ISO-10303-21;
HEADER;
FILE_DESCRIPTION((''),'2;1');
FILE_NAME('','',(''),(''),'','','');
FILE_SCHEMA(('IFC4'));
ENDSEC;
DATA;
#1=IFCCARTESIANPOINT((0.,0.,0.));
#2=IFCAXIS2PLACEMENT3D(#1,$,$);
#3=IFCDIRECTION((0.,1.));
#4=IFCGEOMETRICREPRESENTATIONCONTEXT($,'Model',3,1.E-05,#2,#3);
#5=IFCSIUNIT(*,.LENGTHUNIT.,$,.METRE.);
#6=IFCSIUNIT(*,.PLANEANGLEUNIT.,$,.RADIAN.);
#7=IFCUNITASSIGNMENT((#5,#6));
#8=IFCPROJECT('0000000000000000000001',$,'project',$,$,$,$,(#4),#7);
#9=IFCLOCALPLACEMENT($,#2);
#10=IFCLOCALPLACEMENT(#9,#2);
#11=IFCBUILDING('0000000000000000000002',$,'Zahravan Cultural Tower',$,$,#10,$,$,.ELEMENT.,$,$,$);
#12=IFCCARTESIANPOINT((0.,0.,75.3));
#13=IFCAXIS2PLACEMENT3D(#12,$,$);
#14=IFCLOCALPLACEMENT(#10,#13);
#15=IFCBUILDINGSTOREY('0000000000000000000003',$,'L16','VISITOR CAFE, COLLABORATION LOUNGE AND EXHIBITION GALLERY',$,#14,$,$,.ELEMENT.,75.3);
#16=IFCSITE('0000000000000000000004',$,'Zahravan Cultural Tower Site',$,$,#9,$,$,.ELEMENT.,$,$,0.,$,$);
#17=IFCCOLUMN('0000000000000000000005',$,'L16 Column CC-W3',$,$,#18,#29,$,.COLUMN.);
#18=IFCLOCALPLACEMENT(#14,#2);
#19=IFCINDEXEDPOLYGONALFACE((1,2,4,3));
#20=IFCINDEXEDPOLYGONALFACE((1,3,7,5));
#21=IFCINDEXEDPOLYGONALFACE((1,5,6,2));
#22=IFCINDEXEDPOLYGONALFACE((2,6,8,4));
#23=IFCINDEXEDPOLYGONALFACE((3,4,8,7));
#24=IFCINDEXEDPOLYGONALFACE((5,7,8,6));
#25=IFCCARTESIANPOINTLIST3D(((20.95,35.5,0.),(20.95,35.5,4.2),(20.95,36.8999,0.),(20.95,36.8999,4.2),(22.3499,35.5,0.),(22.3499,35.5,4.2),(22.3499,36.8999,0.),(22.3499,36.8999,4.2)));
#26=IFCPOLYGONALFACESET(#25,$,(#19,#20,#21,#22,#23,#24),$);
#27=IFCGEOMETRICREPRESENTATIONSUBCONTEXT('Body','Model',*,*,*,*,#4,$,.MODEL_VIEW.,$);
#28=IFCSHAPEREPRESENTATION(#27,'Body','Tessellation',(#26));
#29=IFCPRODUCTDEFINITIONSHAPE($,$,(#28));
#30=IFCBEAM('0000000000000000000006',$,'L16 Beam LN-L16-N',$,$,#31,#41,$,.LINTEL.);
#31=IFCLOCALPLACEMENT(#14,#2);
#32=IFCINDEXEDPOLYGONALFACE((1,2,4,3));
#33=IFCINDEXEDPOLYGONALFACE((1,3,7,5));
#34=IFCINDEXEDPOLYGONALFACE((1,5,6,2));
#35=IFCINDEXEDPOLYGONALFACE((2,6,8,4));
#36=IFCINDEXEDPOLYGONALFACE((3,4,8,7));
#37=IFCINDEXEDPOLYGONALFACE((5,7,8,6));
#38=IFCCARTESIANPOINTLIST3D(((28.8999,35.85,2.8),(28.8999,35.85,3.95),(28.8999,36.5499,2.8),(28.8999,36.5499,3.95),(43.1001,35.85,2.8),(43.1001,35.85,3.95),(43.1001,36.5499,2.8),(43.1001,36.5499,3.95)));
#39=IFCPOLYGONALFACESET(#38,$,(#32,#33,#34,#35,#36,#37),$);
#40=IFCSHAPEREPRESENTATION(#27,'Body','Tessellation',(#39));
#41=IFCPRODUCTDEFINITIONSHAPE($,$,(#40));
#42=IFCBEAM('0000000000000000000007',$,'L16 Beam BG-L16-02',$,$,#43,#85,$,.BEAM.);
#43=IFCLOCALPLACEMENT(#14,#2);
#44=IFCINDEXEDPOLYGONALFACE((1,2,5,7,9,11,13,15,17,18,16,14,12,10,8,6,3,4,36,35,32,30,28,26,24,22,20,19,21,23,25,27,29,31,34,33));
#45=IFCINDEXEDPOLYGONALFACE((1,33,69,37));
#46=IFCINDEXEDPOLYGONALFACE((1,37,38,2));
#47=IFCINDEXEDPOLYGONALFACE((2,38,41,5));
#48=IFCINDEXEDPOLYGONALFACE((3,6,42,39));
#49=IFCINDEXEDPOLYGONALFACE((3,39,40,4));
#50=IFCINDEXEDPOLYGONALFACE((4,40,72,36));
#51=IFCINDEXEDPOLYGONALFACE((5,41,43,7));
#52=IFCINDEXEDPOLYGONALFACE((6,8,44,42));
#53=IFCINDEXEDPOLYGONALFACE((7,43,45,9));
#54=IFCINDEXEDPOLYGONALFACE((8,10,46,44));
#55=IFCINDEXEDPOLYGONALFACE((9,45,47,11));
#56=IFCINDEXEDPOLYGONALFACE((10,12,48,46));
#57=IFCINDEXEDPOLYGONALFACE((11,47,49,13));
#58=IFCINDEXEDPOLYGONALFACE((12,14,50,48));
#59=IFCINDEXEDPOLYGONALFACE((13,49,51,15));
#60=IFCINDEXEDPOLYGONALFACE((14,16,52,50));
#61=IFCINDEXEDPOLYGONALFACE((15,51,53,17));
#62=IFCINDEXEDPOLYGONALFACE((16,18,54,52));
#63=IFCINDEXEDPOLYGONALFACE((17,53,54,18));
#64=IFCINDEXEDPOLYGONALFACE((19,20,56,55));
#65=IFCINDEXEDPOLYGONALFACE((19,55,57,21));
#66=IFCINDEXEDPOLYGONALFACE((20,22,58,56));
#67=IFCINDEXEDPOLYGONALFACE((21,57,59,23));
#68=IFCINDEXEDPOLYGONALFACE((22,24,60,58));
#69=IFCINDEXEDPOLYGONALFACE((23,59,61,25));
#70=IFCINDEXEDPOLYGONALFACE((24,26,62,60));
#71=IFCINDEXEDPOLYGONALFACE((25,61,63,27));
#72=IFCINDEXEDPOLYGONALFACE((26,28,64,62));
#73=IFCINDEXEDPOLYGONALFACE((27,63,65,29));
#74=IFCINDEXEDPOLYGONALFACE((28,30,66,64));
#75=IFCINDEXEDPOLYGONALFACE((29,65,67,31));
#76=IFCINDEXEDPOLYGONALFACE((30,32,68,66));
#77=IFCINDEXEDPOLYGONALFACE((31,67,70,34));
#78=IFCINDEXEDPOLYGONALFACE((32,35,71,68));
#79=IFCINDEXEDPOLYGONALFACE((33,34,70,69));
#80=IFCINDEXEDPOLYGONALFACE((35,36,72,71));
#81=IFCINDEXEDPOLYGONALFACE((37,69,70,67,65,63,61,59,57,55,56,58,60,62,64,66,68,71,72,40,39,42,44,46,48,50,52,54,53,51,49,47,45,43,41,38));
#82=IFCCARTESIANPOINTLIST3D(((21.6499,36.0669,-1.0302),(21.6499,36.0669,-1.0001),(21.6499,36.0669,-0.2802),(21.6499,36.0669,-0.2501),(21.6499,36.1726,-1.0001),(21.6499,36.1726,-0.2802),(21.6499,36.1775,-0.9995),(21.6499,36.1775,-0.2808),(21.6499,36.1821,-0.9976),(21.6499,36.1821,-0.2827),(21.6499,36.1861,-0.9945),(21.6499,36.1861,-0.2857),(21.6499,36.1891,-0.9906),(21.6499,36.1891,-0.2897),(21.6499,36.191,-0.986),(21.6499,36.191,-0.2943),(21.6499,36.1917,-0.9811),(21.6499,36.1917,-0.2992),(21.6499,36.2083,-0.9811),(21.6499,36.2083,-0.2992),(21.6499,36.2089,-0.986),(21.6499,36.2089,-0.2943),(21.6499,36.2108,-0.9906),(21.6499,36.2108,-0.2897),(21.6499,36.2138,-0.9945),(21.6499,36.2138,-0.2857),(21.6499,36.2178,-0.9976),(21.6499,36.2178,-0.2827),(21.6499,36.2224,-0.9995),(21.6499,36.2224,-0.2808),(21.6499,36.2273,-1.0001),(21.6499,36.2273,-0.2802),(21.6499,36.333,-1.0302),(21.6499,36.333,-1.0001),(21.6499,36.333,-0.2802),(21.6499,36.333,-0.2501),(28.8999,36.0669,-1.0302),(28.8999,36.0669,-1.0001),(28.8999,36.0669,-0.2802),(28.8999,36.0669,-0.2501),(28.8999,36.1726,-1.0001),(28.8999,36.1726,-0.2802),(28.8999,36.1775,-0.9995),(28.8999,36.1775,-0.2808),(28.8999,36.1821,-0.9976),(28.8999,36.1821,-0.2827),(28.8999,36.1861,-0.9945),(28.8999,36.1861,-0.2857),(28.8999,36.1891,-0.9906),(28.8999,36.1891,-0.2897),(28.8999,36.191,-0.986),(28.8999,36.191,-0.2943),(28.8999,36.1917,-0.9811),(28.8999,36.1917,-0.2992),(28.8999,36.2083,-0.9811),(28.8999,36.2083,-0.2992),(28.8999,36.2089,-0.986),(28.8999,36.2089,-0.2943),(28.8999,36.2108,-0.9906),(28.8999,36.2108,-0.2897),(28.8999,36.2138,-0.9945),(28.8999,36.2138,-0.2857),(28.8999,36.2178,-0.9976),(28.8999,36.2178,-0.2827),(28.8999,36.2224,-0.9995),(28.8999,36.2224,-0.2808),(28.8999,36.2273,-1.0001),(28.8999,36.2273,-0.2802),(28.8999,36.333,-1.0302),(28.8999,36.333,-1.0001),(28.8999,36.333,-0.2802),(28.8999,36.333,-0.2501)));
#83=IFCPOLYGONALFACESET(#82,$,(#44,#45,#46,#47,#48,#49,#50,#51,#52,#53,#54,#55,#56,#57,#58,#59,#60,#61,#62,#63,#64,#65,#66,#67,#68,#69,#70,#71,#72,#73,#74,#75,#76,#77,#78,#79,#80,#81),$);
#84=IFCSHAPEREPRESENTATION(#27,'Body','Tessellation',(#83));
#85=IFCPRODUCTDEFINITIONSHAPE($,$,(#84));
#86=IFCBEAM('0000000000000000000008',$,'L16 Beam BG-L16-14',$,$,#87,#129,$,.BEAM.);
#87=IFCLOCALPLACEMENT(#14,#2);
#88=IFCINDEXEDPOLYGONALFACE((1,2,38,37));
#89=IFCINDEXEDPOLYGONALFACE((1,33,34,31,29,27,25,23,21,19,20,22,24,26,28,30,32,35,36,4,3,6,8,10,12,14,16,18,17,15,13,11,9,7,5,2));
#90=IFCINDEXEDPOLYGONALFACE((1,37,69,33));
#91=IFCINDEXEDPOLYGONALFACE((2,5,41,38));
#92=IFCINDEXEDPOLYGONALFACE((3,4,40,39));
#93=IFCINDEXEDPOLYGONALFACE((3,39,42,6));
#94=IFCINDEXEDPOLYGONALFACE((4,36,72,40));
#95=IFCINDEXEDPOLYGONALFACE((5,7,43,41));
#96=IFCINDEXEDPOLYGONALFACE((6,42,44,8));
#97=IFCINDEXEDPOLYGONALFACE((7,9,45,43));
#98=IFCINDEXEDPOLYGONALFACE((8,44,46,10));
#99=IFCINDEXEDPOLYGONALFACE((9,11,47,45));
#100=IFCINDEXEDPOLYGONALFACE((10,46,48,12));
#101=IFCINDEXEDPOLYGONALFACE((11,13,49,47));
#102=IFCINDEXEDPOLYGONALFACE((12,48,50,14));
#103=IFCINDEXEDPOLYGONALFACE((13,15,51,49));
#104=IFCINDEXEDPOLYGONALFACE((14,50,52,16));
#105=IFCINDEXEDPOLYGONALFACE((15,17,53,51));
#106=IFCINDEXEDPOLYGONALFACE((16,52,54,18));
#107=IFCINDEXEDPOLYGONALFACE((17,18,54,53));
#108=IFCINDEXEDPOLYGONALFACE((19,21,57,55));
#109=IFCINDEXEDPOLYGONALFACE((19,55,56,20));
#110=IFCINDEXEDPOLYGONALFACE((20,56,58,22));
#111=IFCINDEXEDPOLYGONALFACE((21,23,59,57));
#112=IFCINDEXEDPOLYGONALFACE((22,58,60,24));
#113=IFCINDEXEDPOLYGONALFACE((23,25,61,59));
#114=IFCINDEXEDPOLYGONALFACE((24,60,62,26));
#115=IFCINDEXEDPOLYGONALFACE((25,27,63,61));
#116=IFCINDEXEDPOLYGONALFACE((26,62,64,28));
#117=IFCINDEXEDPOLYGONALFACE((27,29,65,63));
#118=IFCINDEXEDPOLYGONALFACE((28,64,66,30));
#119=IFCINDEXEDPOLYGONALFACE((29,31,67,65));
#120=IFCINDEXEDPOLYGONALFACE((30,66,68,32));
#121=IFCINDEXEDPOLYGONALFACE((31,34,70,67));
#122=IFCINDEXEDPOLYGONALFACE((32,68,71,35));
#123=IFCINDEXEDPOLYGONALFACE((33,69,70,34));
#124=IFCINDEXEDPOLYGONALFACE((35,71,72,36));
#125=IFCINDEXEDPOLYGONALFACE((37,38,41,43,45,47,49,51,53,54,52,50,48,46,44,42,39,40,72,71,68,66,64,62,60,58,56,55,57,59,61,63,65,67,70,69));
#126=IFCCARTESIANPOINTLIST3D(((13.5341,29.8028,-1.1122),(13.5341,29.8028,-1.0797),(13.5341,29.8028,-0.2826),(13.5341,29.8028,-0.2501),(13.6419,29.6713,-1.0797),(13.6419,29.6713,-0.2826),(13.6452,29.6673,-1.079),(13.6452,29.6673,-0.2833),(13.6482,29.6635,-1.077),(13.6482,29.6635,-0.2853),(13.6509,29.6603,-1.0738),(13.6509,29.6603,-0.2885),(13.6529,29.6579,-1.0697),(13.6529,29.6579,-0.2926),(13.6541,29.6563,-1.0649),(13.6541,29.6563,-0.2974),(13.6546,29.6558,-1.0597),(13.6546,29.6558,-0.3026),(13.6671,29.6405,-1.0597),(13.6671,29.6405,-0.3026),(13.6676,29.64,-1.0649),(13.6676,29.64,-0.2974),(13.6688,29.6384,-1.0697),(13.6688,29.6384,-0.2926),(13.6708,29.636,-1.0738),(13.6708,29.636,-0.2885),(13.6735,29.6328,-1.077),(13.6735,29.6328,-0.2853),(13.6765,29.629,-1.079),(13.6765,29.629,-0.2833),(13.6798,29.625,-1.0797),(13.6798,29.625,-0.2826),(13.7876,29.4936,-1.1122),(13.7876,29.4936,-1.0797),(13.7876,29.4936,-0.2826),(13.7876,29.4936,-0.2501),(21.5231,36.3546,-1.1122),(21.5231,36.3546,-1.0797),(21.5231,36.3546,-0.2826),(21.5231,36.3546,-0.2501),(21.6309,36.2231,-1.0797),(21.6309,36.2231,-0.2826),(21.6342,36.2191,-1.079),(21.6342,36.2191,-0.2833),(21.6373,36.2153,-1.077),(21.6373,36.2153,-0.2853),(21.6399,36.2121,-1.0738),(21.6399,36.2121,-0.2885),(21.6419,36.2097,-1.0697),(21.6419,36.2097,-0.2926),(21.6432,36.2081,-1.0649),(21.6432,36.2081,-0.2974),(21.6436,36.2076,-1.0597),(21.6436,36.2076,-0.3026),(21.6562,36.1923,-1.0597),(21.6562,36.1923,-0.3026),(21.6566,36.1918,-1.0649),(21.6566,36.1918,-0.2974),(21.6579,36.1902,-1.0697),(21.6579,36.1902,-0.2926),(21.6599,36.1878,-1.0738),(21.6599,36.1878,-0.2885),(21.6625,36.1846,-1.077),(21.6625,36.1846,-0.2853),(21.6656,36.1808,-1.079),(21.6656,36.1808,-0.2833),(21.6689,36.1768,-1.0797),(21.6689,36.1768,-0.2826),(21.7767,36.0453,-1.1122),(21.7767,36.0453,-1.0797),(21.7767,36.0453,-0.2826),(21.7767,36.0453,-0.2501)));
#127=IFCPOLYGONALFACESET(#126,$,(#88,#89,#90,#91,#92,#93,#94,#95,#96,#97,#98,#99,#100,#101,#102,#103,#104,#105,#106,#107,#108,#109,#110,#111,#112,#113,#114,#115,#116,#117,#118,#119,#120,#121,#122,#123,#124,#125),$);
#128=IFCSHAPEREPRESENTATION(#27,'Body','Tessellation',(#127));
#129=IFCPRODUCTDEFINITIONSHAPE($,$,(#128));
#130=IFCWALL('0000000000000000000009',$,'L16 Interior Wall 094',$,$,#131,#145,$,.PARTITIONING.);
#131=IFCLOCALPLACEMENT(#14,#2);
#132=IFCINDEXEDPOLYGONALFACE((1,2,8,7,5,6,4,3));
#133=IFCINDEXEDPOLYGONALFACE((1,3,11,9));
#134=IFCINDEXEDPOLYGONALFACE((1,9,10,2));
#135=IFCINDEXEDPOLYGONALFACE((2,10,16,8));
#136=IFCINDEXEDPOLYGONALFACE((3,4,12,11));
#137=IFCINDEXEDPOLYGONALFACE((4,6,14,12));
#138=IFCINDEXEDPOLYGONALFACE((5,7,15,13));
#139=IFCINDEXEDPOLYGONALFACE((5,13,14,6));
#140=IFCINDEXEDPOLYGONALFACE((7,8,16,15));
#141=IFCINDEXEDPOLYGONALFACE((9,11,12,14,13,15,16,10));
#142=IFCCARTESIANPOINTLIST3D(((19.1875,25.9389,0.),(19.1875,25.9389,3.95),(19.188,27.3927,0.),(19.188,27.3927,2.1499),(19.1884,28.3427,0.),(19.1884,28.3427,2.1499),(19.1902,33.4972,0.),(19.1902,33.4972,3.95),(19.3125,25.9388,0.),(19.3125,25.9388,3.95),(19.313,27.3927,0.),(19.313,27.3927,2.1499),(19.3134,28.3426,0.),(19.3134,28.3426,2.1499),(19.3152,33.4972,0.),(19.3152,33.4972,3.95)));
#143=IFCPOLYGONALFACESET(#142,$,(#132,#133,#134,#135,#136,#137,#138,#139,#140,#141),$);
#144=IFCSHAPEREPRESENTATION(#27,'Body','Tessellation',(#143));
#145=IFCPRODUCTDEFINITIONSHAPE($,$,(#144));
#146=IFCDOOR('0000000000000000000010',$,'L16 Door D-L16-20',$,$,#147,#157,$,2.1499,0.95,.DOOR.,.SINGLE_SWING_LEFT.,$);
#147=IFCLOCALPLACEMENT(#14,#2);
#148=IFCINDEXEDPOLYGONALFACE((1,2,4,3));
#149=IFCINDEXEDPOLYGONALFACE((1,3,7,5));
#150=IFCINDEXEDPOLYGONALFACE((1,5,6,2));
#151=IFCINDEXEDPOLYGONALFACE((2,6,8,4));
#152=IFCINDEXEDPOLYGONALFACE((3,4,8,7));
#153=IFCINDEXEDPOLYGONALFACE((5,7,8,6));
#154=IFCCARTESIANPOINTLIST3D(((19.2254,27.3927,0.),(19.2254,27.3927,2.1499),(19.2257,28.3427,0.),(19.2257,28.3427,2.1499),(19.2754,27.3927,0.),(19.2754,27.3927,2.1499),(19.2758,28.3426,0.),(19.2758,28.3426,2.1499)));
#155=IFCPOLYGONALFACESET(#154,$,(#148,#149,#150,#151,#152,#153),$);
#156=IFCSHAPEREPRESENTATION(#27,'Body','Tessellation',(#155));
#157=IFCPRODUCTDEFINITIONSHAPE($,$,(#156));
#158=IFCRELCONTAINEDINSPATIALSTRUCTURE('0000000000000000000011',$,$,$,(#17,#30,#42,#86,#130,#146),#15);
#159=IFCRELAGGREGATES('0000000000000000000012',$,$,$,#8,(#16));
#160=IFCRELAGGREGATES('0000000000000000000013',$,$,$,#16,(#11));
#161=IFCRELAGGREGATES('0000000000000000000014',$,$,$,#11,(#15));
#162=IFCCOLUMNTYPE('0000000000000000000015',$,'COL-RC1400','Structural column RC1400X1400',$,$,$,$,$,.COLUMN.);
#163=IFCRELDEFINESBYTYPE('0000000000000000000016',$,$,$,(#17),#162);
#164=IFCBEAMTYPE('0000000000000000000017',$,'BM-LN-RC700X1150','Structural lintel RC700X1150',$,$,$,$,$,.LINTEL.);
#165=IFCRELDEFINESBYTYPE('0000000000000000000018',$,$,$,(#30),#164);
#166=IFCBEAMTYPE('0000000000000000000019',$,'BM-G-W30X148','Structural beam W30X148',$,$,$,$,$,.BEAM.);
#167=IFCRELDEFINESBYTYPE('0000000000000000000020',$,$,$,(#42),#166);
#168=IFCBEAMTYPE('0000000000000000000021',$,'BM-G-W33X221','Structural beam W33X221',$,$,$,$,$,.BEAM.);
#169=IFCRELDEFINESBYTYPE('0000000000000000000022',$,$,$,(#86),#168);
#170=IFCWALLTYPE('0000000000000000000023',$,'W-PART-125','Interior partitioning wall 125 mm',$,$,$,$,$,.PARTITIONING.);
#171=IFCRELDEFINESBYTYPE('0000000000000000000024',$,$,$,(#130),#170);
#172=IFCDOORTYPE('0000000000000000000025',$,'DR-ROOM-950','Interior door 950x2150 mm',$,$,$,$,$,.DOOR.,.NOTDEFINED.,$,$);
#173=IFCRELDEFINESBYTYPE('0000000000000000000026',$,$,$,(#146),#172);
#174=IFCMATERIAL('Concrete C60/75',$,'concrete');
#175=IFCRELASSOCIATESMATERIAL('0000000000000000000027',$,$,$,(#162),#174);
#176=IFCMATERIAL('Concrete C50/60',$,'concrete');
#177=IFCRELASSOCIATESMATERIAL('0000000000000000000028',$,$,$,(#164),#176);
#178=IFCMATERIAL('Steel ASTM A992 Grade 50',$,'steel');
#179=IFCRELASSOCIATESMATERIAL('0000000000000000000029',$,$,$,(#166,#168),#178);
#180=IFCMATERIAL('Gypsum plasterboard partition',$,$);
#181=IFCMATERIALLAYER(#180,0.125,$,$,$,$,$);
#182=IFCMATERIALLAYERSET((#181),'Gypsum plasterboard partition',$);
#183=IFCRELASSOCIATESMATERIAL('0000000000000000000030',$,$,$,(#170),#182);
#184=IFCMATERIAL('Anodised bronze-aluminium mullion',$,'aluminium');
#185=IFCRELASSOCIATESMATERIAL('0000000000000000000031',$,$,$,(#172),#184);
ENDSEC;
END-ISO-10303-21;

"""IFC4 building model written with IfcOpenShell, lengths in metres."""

from ifc_helpers import new_model, si_unit, direction, frame, frame_2d, origin, origin_2d, place, context, subcontext, project, spatial, rectangle, i_section, extrude, source, transform, mapped, material, layer, layer_set, material_profile, profile_set, type_object, element, fill, save


model = new_model("IFC4")

# Units and contexts
model_context = context("Model", 3, precision=1e-05, world=origin(), true_north=direction((0.0, 1.0)))
body_context = subcontext(model_context, "Body", "Model", "MODEL_VIEW")
ifc_project = project(units=[si_unit("LENGTHUNIT", "METRE"), si_unit("PLANEANGLEUNIT", "RADIAN")], contexts=[model_context])

# Site, building, storey
site_placement = place(None, origin())
site = spatial("IfcSite", under=ifc_project, at=site_placement, Name="Zahravan Cultural Tower Site", CompositionType="ELEMENT", RefElevation=0.0)
building_placement = place(site_placement, origin())
building = spatial("IfcBuilding", under=site, at=building_placement, Name="Zahravan Cultural Tower", CompositionType="ELEMENT")
storey_placement = place(building_placement, frame((0.0, 0.0, 75.3)))
storey = spatial("IfcBuildingStorey", under=building, at=storey_placement, Name="L16", Description="VISITOR CAFE, COLLABORATION LOUNGE AND EXHIBITION GALLERY", CompositionType="ELEMENT", Elevation=75.3)

# Column
ifc_material_1 = material(Name="Concrete C60/75", Category="concrete")
ifc_material_profile_1 = material_profile(ifc_material_1, rectangle(XDim=1.3999, YDim=1.3999, at=origin_2d()), Name="RC1400X1400")
ifc_profile_set_1 = profile_set([ifc_material_profile_1], Name="Concrete C60/75")
column_type = type_object("IfcColumnType", Name="COL-RC1400", Description="Structural column RC1400X1400", PredefinedType="COLUMN", material=ifc_profile_set_1)
shared_shape_1 = source(origin(), body_context, "Body", "SweptSolid", [
    extrude(rectangle(XDim=1.3999, YDim=1.3999, at=origin_2d()), origin(), (0.0, 0.0, 1.0), 4.2),
])
column_placement = place(storey_placement, frame((21.6499, 36.2, 0.0), z_axis=(0.0, 0.0, 1.0), x_axis=(1.0, 0.0, 0.0)))
element("IfcColumn", 1, at=column_placement, inside=storey, type_object=column_type, Name="L16 Column CC-W3", PredefinedType="COLUMN", context=body_context, shape_type="MappedRepresentation", body=[
    mapped(shared_shape_1, transform((0.0, 0.0, 0.0), x_axis=(1.0, 0.0, 0.0), y_axis=(0.0, 1.0, 0.0), z_axis=(0.0, 0.0, 1.0), scale=1.0)),
])

# Beams
ifc_material_2 = material(Name="Concrete C50/60", Category="concrete")
ifc_material_profile_2 = material_profile(ifc_material_2, rectangle(XDim=0.7, YDim=1.1499, at=origin_2d()), Name="RC700X1150")
ifc_profile_set_2 = profile_set([ifc_material_profile_2], Name="Concrete C50/60")
beam_type_1 = type_object("IfcBeamType", Name="BM-LN-RC700X1150", Description="Structural lintel RC700X1150", PredefinedType="LINTEL", material=ifc_profile_set_2)
shared_shape_2 = source(origin(), body_context, "Body", "SweptSolid", [
    extrude(rectangle(XDim=0.7, YDim=1.1499, at=origin_2d()), origin(), (0.0, 0.0, 1.0), 14.2002),
])
beam_1_placement = place(storey_placement, frame((28.8999, 36.2, 3.375), z_axis=(1.0, 0.0, 0.0), x_axis=(0.0, 1.0, 0.0)))
element("IfcBeam", 2, at=beam_1_placement, inside=storey, type_object=beam_type_1, Name="L16 Beam LN-L16-N", PredefinedType="LINTEL", context=body_context, shape_type="MappedRepresentation", body=[
    mapped(shared_shape_2, transform((0.0, 0.0, 0.0), x_axis=(1.0, 0.0, 0.0), y_axis=(0.0, 1.0, 0.0), z_axis=(0.0, 0.0, 1.0), scale=1.0)),
])
ifc_material_3 = material(Name="Steel ASTM A992 Grade 50", Category="steel")
ifc_material_profile_3 = material_profile(ifc_material_3, i_section(OverallWidth=0.2661, OverallDepth=0.78, WebThickness=0.0166, FlangeThickness=0.03, FilletRadius=0.019, at=origin_2d()), Name="W30X148")
ifc_profile_set_3 = profile_set([ifc_material_profile_3], Name="Steel ASTM A992 Grade 50")
beam_type_2 = type_object("IfcBeamType", Name="BM-G-W30X148", Description="Structural beam W30X148", PredefinedType="BEAM", material=ifc_profile_set_3)
shared_shape_3 = source(origin(), body_context, "Body", "SweptSolid", [
    extrude(i_section(OverallWidth=0.2661, OverallDepth=0.78, WebThickness=0.0166, FlangeThickness=0.03, FilletRadius=0.019, at=origin_2d()), origin(), (0.0, 0.0, 1.0), 7.25),
])
beam_2_placement = place(storey_placement, frame((21.6499, 36.2, -0.6401), z_axis=(1.0, 0.0, 0.0), x_axis=(0.0, 1.0, 0.0)))
element("IfcBeam", 3, at=beam_2_placement, inside=storey, type_object=beam_type_2, Name="L16 Beam BG-L16-02", PredefinedType="BEAM", context=body_context, shape_type="MappedRepresentation", body=[
    mapped(shared_shape_3, transform((0.0, 0.0, 0.0), x_axis=(1.0, 0.0, 0.0), y_axis=(0.0, 1.0, 0.0), z_axis=(0.0, 0.0, 1.0), scale=1.0)),
])
ifc_material_profile_4 = material_profile(ifc_material_3, i_section(OverallWidth=0.3999, OverallDepth=0.8621, WebThickness=0.0198, FlangeThickness=0.0325, FilletRadius=0.02, at=origin_2d()), Name="W33X221")
ifc_profile_set_4 = profile_set([ifc_material_profile_4], Name="Steel ASTM A992 Grade 50")
beam_type_3 = type_object("IfcBeamType", Name="BM-G-W33X221", Description="Structural beam W33X221", PredefinedType="BEAM", material=ifc_profile_set_4)
shared_shape_4 = source(origin(), body_context, "Body", "SweptSolid", [
    extrude(i_section(OverallWidth=0.3999, OverallDepth=0.8621, WebThickness=0.0198, FlangeThickness=0.0325, FilletRadius=0.02, at=origin_2d()), origin(), (0.0, 0.0, 1.0), 10.332),
])
beam_3_placement = place(storey_placement, frame((21.6499, 36.2, -0.6812), z_axis=(-0.773231, -0.634124, 0.0), x_axis=(0.634124, -0.773231, 0.0)))
element("IfcBeam", 4, at=beam_3_placement, inside=storey, type_object=beam_type_3, Name="L16 Beam BG-L16-14", PredefinedType="BEAM", context=body_context, shape_type="MappedRepresentation", body=[
    mapped(shared_shape_4, transform((0.0, 0.0, 0.0), x_axis=(1.0, 0.0, 0.0), y_axis=(0.0, 1.0, 0.0), z_axis=(0.0, 0.0, 1.0), scale=1.0)),
])

# Wall, opening, door
ifc_material_4 = material(Name="Gypsum plasterboard partition")
ifc_layer_1 = layer(ifc_material_4, 0.125)
ifc_layer_set_1 = layer_set([ifc_layer_1], Name="Gypsum plasterboard partition")
wall_type_1 = type_object("IfcWallType", Name="W-PART-125", Description="Interior partitioning wall 125 mm", PredefinedType="PARTITIONING", material=ifc_layer_set_1)
wall_1_placement = place(storey_placement, frame((19.2527, 33.4973, 0.0), z_axis=(0.0, 0.0, 1.0), x_axis=(-0.000355, -1.0, 0.0)))
wall_1 = element("IfcWall", 5, at=wall_1_placement, inside=storey, type_object=wall_type_1, Name="L16 Interior Wall 094", PredefinedType="PARTITIONING", context=body_context, shape_type="SweptSolid", body=[
    extrude(rectangle(XDim=7.5583, YDim=0.125, at=frame_2d((3.7793, 0.0))), origin(), (0.0, 0.0, 1.0), 3.95),
])
opening_1_placement = place(wall_1_placement, frame((5.1545, 0.0, 0.0)))
opening_1 = element("IfcOpeningElement", 6, at=opening_1_placement, cuts=wall_1, PredefinedType="OPENING", context=body_context, shape_type="SweptSolid", body=[
    extrude(rectangle(XDim=0.95, YDim=2.1499, at=frame_2d((0.4751, 1.075))), frame((0.0, 0.0725, 0.0), z_axis=(0.0, -1.0, 0.0), x_axis=(1.0, 0.0, 0.0)), (0.0, 0.0, 1.0), 0.145),
])
ifc_material_5 = material(Name="Anodised bronze-aluminium mullion", Category="aluminium")
door_type_1 = type_object("IfcDoorType", Name="DR-ROOM-950", Description="Interior door 950x2150 mm", OperationType="NOTDEFINED", PredefinedType="DOOR", material=ifc_material_5)
shared_shape_5 = source(origin(), body_context, "Body", "SweptSolid", [
    extrude(rectangle(XDim=0.95, YDim=2.1499, at=frame_2d((0.4751, 1.075))), frame((0.0, 0.0249, 0.0), z_axis=(0.0, -1.0, 0.0), x_axis=(1.0, 0.0, 0.0)), (0.0, 0.0, 1.0), 0.05),
])
door_1_placement = place(opening_1_placement, origin())
door_1 = element("IfcDoor", 7, at=door_1_placement, inside=storey, type_object=door_type_1, Name="L16 Door D-L16-20", OperationType="SINGLE_SWING_LEFT", OverallHeight=2.1499, OverallWidth=0.95, PredefinedType="DOOR", context=body_context, shape_type="MappedRepresentation", body=[
    mapped(shared_shape_5, transform((0.0, 0.0, 0.0), x_axis=(1.0, 0.0, 0.0), y_axis=(0.0, 1.0, 0.0), z_axis=(0.0, 0.0, 1.0), scale=1.0)),
])
fill(opening_1, door_1)

save(model, "model.ifc")
